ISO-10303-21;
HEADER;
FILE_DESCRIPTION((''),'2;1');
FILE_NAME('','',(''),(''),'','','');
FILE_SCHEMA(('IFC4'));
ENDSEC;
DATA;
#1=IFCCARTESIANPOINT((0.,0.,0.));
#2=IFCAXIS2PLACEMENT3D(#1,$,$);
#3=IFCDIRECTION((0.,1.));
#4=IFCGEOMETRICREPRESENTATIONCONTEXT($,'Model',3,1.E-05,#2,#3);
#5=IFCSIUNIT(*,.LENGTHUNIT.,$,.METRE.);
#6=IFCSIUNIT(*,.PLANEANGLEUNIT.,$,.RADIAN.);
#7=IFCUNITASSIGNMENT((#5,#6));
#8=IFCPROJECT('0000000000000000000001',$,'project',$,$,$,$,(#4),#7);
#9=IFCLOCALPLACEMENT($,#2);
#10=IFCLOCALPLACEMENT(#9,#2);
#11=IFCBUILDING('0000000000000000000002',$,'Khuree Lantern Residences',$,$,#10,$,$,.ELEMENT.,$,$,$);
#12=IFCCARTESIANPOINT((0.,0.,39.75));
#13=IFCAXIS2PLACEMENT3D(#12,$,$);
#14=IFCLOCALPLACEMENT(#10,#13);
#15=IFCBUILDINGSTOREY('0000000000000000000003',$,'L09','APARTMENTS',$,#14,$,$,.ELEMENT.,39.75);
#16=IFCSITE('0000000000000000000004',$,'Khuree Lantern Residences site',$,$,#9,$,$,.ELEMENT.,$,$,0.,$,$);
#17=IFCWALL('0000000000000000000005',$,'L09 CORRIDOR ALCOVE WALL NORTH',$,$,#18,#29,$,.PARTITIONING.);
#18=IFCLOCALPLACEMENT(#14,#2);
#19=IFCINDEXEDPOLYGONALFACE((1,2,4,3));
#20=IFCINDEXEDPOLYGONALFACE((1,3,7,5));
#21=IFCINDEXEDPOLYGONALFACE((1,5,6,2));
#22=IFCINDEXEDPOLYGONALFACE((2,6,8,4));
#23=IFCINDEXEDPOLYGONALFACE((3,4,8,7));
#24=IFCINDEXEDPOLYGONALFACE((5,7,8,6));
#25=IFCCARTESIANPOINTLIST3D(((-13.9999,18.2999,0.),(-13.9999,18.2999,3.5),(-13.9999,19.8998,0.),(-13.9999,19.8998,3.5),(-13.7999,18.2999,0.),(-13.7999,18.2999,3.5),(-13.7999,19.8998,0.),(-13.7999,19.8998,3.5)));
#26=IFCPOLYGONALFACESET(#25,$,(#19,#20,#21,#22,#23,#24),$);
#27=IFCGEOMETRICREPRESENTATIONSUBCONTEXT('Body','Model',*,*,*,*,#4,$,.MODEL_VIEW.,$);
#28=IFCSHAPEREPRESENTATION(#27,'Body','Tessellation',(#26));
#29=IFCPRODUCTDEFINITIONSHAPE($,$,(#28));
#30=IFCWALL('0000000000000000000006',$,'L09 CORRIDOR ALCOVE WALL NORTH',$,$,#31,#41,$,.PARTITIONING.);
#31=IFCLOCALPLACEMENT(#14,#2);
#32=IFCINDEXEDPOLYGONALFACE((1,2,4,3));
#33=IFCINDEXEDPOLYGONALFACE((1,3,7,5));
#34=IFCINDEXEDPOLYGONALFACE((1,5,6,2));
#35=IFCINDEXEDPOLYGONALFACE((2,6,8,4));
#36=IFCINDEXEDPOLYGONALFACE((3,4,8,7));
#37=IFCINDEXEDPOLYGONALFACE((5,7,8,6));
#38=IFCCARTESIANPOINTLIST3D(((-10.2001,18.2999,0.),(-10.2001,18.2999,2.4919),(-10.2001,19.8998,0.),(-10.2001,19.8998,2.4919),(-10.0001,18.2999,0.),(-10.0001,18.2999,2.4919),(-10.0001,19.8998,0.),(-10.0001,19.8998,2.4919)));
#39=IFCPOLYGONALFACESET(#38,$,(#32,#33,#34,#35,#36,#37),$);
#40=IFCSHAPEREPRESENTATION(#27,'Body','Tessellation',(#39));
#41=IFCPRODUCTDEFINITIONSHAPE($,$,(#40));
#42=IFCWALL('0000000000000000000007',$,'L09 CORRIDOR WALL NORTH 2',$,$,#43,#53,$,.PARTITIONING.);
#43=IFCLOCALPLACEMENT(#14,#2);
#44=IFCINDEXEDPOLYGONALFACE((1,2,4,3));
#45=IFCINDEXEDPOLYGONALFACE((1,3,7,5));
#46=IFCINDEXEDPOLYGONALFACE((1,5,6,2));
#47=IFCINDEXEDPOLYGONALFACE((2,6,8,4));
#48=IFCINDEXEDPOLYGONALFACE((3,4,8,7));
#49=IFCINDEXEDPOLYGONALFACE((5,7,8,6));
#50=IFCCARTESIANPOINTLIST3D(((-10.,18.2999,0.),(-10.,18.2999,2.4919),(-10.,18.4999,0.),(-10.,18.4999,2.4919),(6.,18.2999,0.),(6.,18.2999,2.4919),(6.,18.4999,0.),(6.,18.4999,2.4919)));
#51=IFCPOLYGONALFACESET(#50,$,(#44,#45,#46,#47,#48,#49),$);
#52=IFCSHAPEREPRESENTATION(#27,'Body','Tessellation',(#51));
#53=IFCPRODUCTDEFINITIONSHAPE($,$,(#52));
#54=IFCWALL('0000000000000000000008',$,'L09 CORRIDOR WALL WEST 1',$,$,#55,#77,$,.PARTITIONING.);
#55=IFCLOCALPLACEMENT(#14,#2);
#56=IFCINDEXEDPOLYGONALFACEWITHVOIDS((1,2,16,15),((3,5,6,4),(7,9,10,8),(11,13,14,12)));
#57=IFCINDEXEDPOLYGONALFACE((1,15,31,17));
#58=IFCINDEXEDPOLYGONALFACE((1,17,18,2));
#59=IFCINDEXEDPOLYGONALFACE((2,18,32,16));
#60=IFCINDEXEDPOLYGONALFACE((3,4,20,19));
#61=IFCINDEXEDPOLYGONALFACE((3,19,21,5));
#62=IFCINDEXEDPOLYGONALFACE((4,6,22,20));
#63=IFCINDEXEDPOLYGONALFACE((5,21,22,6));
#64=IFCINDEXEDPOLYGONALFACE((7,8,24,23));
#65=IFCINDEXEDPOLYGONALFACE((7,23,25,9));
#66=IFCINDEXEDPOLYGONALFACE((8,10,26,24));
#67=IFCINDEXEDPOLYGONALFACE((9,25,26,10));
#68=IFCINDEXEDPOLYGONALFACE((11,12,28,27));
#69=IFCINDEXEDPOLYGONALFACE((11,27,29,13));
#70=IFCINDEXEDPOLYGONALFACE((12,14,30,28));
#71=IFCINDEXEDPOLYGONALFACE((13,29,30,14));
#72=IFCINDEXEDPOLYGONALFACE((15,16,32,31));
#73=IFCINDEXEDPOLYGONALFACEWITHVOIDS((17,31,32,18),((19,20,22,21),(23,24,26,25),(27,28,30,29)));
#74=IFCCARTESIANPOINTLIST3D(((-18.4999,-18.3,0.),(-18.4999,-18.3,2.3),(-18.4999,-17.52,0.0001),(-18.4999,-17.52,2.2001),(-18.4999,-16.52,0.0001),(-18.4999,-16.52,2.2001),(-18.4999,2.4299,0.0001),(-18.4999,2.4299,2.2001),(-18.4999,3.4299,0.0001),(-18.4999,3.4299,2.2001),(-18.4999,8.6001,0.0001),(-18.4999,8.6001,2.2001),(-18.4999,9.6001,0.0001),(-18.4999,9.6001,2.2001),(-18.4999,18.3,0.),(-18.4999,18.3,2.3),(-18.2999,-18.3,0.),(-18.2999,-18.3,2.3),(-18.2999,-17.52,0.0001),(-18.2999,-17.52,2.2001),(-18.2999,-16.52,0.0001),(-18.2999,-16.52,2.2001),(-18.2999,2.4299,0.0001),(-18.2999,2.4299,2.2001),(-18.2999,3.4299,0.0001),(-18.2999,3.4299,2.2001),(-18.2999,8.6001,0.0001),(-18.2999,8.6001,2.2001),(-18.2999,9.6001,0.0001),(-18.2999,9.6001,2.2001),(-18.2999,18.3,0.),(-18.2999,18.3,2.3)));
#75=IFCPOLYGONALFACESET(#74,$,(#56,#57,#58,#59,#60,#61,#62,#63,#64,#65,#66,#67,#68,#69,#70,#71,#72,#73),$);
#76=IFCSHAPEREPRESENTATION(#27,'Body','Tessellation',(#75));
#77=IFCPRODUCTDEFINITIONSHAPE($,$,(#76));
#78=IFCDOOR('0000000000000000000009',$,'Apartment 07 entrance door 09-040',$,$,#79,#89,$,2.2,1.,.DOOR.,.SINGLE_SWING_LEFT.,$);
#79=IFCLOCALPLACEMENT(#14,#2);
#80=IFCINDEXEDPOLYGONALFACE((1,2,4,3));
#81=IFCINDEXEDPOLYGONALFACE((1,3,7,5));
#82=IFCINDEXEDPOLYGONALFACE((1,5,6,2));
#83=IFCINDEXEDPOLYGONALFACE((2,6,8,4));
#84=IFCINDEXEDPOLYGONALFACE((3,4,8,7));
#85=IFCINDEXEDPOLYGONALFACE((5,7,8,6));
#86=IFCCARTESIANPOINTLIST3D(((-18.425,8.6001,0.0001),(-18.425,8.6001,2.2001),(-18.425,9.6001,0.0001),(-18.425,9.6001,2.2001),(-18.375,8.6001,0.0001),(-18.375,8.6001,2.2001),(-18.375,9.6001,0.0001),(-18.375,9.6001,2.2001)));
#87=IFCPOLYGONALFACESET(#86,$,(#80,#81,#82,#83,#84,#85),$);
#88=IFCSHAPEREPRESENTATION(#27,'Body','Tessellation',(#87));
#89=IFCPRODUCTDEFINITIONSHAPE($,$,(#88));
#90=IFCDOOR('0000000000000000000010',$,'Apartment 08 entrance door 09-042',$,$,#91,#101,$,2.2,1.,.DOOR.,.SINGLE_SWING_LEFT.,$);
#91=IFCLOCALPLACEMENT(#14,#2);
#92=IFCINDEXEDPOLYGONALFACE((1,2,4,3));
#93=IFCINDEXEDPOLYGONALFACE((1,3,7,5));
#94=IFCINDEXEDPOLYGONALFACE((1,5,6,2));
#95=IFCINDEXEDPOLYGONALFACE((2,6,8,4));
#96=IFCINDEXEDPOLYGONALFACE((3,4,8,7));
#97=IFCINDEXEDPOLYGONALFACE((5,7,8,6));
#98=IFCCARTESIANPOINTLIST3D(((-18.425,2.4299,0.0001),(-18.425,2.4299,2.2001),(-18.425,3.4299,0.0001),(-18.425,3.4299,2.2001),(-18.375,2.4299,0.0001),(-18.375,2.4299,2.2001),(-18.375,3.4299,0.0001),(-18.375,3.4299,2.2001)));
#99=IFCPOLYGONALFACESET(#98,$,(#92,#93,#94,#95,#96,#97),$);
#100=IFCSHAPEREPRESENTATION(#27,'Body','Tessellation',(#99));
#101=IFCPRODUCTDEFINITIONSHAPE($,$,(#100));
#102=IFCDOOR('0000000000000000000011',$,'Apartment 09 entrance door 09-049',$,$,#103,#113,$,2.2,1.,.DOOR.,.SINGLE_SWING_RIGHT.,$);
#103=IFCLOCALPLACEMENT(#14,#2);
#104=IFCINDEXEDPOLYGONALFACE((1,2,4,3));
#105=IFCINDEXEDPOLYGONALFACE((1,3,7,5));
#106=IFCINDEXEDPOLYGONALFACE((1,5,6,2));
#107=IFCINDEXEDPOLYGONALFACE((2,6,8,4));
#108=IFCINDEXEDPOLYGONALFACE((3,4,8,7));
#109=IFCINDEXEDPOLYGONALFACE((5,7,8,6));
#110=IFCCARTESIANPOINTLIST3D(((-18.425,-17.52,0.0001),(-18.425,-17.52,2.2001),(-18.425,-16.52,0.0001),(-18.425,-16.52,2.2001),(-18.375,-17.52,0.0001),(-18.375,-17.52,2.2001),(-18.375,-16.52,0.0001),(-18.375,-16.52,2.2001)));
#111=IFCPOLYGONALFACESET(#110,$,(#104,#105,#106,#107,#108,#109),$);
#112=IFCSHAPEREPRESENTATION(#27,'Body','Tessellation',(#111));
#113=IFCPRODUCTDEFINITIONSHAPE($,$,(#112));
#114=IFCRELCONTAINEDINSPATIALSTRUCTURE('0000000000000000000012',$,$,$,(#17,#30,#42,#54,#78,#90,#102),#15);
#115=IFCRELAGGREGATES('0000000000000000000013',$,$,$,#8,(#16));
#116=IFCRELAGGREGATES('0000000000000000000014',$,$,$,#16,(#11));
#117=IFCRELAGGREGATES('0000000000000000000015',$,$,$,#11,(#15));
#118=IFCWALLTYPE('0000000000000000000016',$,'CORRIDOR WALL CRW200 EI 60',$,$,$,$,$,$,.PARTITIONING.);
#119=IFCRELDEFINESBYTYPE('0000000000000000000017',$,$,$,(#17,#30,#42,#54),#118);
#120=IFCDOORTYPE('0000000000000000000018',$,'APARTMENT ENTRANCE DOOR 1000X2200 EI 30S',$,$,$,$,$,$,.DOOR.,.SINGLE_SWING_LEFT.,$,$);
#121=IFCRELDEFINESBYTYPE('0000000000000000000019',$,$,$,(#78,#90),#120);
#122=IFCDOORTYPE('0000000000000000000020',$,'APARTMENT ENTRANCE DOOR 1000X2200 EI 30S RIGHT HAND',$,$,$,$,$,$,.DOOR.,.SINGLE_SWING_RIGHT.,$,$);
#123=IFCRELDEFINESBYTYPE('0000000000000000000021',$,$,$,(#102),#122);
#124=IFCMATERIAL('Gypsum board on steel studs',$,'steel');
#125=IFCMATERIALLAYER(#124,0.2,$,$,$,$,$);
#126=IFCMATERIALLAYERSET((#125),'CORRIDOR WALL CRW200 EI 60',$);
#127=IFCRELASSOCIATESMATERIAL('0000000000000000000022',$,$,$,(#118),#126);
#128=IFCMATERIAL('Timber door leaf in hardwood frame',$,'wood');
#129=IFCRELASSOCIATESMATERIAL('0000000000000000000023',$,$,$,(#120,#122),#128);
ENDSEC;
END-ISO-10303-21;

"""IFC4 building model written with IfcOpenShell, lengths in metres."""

from ifc_helpers import new_model, si_unit, direction, frame, frame_2d, origin, place, context, subcontext, project, spatial, rectangle, extrude, material, layer, layer_set, type_object, element, fill, save


model = new_model("IFC4")

# Units and contexts
model_context = context("Model", 3, precision=1e-05, world=origin(), true_north=direction((0.0, 1.0)))
body_context = subcontext(model_context, "Body", "Model", "MODEL_VIEW")
ifc_project = project(units=[si_unit("LENGTHUNIT", "METRE"), si_unit("PLANEANGLEUNIT", "RADIAN")], contexts=[model_context])

# Site, building, storey
site_placement = place(None, origin())
site = spatial("IfcSite", under=ifc_project, at=site_placement, Name="Khuree Lantern Residences site", CompositionType="ELEMENT", RefElevation=0.0)
building_placement = place(site_placement, origin())
building = spatial("IfcBuilding", under=site, at=building_placement, Name="Khuree Lantern Residences", CompositionType="ELEMENT")
storey_placement = place(building_placement, frame((0.0, 0.0, 39.75)))
storey = spatial("IfcBuildingStorey", under=building, at=storey_placement, Name="L09", Description="APARTMENTS", CompositionType="ELEMENT", Elevation=39.75)

# Shared definitions
ifc_material_1 = material(Name="Timber door leaf in hardwood frame", Category="wood")

# Walls
ifc_material_2 = material(Name="Gypsum board on steel studs", Category="steel")
ifc_layer_1 = layer(ifc_material_2, 0.2)
ifc_layer_set_1 = layer_set([ifc_layer_1], Name="CORRIDOR WALL CRW200 EI 60")
wall_type_1 = type_object("IfcWallType", Name="CORRIDOR WALL CRW200 EI 60", PredefinedType="PARTITIONING", material=ifc_layer_set_1)
wall_1_placement = place(storey_placement, frame((-13.8999, 18.3, 0.0), z_axis=(0.0, 0.0, 1.0), x_axis=(0.0, 1.0, 0.0)))
element("IfcWall", 1, at=wall_1_placement, inside=storey, type_object=wall_type_1, Name="L09 CORRIDOR ALCOVE WALL NORTH", PredefinedType="PARTITIONING", context=body_context, shape_type="SweptSolid", body=[
    extrude(rectangle(XDim=1.5999, YDim=0.2, at=frame_2d((0.7998, 0.0))), origin(), (0.0, 0.0, 1.0), 3.5),
])
wall_2_placement = place(storey_placement, frame((-10.1001, 18.3, 0.0), z_axis=(0.0, 0.0, 1.0), x_axis=(0.0, 1.0, 0.0)))
element("IfcWall", 2, at=wall_2_placement, inside=storey, type_object=wall_type_1, Name="L09 CORRIDOR ALCOVE WALL NORTH", PredefinedType="PARTITIONING", context=body_context, shape_type="SweptSolid", body=[
    extrude(rectangle(XDim=1.5999, YDim=0.2, at=frame_2d((0.7998, 0.0))), origin(), (0.0, 0.0, 1.0), 2.4919),
])
wall_3_placement = place(storey_placement, frame((-10.0, 18.3999, 0.0), z_axis=(0.0, 0.0, 1.0), x_axis=(1.0, 0.0, 0.0)))
element("IfcWall", 3, at=wall_3_placement, inside=storey, type_object=wall_type_1, Name="L09 CORRIDOR WALL NORTH 2", PredefinedType="PARTITIONING", context=body_context, shape_type="SweptSolid", body=[
    extrude(rectangle(XDim=16.0, YDim=0.2, at=frame_2d((8.0, 0.0))), origin(), (0.0, 0.0, 1.0), 2.4919),
])

# Wall, openings, doors
wall_4_placement = place(storey_placement, frame((-18.3999, 18.3, 0.0), z_axis=(0.0, 0.0, 1.0), x_axis=(0.0, -1.0, 0.0)))
wall_4 = element("IfcWall", 4, at=wall_4_placement, inside=storey, type_object=wall_type_1, Name="L09 CORRIDOR WALL WEST 1", PredefinedType="PARTITIONING", context=body_context, shape_type="SweptSolid", body=[
    extrude(rectangle(XDim=36.6001, YDim=0.2, at=frame_2d((18.3, 0.0))), origin(), (0.0, 0.0, 1.0), 2.3),
])
opening_1_placement = place(wall_4_placement, frame((8.7, 0.0, 0.0)))
opening_1 = element("IfcOpeningElement", 5, at=opening_1_placement, cuts=wall_4, PredefinedType="OPENING", context=body_context, shape_type="SweptSolid", body=[
    extrude(rectangle(XDim=1.0, YDim=2.2, at=frame_2d((0.5, 1.1001))), frame((0.0, 0.1099, 0.0), z_axis=(0.0, -1.0, 0.0), x_axis=(1.0, 0.0, 0.0)), (0.0, 0.0, 1.0), 0.22),
])
opening_2_placement = place(wall_4_placement, frame((14.8701, 0.0, 0.0)))
opening_2 = element("IfcOpeningElement", 6, at=opening_2_placement, cuts=wall_4, PredefinedType="OPENING", context=body_context, shape_type="SweptSolid", body=[
    extrude(rectangle(XDim=1.0, YDim=2.2, at=frame_2d((0.5, 1.1001))), frame((0.0, 0.1099, 0.0), z_axis=(0.0, -1.0, 0.0), x_axis=(1.0, 0.0, 0.0)), (0.0, 0.0, 1.0), 0.22),
])
opening_3_placement = place(wall_4_placement, frame((34.8201, 0.0, 0.0)))
opening_3 = element("IfcOpeningElement", 7, at=opening_3_placement, cuts=wall_4, PredefinedType="OPENING", context=body_context, shape_type="SweptSolid", body=[
    extrude(rectangle(XDim=1.0, YDim=2.2, at=frame_2d((0.5, 1.1001))), frame((0.0, 0.1099, 0.0), z_axis=(0.0, -1.0, 0.0), x_axis=(1.0, 0.0, 0.0)), (0.0, 0.0, 1.0), 0.22),
])
door_type_1 = type_object("IfcDoorType", Name="APARTMENT ENTRANCE DOOR 1000X2200 EI 30S", OperationType="SINGLE_SWING_LEFT", PredefinedType="DOOR", material=ifc_material_1)
door_1_placement = place(opening_1_placement, origin())
door_1 = element("IfcDoor", 8, at=door_1_placement, inside=storey, type_object=door_type_1, Name="Apartment 07 entrance door 09-040", OperationType="SINGLE_SWING_LEFT", OverallHeight=2.2, OverallWidth=1.0, PredefinedType="DOOR", context=body_context, shape_type="SweptSolid", body=[
    extrude(rectangle(XDim=1.0, YDim=2.2, at=frame_2d((0.5, 1.1001))), frame((0.0, 0.0249, 0.0), z_axis=(0.0, -1.0, 0.0), x_axis=(1.0, 0.0, 0.0)), (0.0, 0.0, 1.0), 0.05),
])
fill(opening_1, door_1)
door_2_placement = place(opening_2_placement, origin())
door_2 = element("IfcDoor", 9, at=door_2_placement, inside=storey, type_object=door_type_1, Name="Apartment 08 entrance door 09-042", OperationType="SINGLE_SWING_LEFT", OverallHeight=2.2, OverallWidth=1.0, PredefinedType="DOOR", context=body_context, shape_type="SweptSolid", body=[
    extrude(rectangle(XDim=1.0, YDim=2.2, at=frame_2d((0.5, 1.1001))), frame((0.0, 0.0249, 0.0), z_axis=(0.0, -1.0, 0.0), x_axis=(1.0, 0.0, 0.0)), (0.0, 0.0, 1.0), 0.05),
])
fill(opening_2, door_2)
door_type_2 = type_object("IfcDoorType", Name="APARTMENT ENTRANCE DOOR 1000X2200 EI 30S RIGHT HAND", OperationType="SINGLE_SWING_RIGHT", PredefinedType="DOOR", material=ifc_material_1)
door_3_placement = place(opening_3_placement, origin())
door_3 = element("IfcDoor", 10, at=door_3_placement, inside=storey, type_object=door_type_2, Name="Apartment 09 entrance door 09-049", OperationType="SINGLE_SWING_RIGHT", OverallHeight=2.2, OverallWidth=1.0, PredefinedType="DOOR", context=body_context, shape_type="SweptSolid", body=[
    extrude(rectangle(XDim=1.0, YDim=2.2, at=frame_2d((0.5, 1.1001))), frame((0.0, 0.0249, 0.0), z_axis=(0.0, -1.0, 0.0), x_axis=(1.0, 0.0, 0.0)), (0.0, 0.0, 1.0), 0.05),
])
fill(opening_3, door_3)

save(model, "model.ifc")
